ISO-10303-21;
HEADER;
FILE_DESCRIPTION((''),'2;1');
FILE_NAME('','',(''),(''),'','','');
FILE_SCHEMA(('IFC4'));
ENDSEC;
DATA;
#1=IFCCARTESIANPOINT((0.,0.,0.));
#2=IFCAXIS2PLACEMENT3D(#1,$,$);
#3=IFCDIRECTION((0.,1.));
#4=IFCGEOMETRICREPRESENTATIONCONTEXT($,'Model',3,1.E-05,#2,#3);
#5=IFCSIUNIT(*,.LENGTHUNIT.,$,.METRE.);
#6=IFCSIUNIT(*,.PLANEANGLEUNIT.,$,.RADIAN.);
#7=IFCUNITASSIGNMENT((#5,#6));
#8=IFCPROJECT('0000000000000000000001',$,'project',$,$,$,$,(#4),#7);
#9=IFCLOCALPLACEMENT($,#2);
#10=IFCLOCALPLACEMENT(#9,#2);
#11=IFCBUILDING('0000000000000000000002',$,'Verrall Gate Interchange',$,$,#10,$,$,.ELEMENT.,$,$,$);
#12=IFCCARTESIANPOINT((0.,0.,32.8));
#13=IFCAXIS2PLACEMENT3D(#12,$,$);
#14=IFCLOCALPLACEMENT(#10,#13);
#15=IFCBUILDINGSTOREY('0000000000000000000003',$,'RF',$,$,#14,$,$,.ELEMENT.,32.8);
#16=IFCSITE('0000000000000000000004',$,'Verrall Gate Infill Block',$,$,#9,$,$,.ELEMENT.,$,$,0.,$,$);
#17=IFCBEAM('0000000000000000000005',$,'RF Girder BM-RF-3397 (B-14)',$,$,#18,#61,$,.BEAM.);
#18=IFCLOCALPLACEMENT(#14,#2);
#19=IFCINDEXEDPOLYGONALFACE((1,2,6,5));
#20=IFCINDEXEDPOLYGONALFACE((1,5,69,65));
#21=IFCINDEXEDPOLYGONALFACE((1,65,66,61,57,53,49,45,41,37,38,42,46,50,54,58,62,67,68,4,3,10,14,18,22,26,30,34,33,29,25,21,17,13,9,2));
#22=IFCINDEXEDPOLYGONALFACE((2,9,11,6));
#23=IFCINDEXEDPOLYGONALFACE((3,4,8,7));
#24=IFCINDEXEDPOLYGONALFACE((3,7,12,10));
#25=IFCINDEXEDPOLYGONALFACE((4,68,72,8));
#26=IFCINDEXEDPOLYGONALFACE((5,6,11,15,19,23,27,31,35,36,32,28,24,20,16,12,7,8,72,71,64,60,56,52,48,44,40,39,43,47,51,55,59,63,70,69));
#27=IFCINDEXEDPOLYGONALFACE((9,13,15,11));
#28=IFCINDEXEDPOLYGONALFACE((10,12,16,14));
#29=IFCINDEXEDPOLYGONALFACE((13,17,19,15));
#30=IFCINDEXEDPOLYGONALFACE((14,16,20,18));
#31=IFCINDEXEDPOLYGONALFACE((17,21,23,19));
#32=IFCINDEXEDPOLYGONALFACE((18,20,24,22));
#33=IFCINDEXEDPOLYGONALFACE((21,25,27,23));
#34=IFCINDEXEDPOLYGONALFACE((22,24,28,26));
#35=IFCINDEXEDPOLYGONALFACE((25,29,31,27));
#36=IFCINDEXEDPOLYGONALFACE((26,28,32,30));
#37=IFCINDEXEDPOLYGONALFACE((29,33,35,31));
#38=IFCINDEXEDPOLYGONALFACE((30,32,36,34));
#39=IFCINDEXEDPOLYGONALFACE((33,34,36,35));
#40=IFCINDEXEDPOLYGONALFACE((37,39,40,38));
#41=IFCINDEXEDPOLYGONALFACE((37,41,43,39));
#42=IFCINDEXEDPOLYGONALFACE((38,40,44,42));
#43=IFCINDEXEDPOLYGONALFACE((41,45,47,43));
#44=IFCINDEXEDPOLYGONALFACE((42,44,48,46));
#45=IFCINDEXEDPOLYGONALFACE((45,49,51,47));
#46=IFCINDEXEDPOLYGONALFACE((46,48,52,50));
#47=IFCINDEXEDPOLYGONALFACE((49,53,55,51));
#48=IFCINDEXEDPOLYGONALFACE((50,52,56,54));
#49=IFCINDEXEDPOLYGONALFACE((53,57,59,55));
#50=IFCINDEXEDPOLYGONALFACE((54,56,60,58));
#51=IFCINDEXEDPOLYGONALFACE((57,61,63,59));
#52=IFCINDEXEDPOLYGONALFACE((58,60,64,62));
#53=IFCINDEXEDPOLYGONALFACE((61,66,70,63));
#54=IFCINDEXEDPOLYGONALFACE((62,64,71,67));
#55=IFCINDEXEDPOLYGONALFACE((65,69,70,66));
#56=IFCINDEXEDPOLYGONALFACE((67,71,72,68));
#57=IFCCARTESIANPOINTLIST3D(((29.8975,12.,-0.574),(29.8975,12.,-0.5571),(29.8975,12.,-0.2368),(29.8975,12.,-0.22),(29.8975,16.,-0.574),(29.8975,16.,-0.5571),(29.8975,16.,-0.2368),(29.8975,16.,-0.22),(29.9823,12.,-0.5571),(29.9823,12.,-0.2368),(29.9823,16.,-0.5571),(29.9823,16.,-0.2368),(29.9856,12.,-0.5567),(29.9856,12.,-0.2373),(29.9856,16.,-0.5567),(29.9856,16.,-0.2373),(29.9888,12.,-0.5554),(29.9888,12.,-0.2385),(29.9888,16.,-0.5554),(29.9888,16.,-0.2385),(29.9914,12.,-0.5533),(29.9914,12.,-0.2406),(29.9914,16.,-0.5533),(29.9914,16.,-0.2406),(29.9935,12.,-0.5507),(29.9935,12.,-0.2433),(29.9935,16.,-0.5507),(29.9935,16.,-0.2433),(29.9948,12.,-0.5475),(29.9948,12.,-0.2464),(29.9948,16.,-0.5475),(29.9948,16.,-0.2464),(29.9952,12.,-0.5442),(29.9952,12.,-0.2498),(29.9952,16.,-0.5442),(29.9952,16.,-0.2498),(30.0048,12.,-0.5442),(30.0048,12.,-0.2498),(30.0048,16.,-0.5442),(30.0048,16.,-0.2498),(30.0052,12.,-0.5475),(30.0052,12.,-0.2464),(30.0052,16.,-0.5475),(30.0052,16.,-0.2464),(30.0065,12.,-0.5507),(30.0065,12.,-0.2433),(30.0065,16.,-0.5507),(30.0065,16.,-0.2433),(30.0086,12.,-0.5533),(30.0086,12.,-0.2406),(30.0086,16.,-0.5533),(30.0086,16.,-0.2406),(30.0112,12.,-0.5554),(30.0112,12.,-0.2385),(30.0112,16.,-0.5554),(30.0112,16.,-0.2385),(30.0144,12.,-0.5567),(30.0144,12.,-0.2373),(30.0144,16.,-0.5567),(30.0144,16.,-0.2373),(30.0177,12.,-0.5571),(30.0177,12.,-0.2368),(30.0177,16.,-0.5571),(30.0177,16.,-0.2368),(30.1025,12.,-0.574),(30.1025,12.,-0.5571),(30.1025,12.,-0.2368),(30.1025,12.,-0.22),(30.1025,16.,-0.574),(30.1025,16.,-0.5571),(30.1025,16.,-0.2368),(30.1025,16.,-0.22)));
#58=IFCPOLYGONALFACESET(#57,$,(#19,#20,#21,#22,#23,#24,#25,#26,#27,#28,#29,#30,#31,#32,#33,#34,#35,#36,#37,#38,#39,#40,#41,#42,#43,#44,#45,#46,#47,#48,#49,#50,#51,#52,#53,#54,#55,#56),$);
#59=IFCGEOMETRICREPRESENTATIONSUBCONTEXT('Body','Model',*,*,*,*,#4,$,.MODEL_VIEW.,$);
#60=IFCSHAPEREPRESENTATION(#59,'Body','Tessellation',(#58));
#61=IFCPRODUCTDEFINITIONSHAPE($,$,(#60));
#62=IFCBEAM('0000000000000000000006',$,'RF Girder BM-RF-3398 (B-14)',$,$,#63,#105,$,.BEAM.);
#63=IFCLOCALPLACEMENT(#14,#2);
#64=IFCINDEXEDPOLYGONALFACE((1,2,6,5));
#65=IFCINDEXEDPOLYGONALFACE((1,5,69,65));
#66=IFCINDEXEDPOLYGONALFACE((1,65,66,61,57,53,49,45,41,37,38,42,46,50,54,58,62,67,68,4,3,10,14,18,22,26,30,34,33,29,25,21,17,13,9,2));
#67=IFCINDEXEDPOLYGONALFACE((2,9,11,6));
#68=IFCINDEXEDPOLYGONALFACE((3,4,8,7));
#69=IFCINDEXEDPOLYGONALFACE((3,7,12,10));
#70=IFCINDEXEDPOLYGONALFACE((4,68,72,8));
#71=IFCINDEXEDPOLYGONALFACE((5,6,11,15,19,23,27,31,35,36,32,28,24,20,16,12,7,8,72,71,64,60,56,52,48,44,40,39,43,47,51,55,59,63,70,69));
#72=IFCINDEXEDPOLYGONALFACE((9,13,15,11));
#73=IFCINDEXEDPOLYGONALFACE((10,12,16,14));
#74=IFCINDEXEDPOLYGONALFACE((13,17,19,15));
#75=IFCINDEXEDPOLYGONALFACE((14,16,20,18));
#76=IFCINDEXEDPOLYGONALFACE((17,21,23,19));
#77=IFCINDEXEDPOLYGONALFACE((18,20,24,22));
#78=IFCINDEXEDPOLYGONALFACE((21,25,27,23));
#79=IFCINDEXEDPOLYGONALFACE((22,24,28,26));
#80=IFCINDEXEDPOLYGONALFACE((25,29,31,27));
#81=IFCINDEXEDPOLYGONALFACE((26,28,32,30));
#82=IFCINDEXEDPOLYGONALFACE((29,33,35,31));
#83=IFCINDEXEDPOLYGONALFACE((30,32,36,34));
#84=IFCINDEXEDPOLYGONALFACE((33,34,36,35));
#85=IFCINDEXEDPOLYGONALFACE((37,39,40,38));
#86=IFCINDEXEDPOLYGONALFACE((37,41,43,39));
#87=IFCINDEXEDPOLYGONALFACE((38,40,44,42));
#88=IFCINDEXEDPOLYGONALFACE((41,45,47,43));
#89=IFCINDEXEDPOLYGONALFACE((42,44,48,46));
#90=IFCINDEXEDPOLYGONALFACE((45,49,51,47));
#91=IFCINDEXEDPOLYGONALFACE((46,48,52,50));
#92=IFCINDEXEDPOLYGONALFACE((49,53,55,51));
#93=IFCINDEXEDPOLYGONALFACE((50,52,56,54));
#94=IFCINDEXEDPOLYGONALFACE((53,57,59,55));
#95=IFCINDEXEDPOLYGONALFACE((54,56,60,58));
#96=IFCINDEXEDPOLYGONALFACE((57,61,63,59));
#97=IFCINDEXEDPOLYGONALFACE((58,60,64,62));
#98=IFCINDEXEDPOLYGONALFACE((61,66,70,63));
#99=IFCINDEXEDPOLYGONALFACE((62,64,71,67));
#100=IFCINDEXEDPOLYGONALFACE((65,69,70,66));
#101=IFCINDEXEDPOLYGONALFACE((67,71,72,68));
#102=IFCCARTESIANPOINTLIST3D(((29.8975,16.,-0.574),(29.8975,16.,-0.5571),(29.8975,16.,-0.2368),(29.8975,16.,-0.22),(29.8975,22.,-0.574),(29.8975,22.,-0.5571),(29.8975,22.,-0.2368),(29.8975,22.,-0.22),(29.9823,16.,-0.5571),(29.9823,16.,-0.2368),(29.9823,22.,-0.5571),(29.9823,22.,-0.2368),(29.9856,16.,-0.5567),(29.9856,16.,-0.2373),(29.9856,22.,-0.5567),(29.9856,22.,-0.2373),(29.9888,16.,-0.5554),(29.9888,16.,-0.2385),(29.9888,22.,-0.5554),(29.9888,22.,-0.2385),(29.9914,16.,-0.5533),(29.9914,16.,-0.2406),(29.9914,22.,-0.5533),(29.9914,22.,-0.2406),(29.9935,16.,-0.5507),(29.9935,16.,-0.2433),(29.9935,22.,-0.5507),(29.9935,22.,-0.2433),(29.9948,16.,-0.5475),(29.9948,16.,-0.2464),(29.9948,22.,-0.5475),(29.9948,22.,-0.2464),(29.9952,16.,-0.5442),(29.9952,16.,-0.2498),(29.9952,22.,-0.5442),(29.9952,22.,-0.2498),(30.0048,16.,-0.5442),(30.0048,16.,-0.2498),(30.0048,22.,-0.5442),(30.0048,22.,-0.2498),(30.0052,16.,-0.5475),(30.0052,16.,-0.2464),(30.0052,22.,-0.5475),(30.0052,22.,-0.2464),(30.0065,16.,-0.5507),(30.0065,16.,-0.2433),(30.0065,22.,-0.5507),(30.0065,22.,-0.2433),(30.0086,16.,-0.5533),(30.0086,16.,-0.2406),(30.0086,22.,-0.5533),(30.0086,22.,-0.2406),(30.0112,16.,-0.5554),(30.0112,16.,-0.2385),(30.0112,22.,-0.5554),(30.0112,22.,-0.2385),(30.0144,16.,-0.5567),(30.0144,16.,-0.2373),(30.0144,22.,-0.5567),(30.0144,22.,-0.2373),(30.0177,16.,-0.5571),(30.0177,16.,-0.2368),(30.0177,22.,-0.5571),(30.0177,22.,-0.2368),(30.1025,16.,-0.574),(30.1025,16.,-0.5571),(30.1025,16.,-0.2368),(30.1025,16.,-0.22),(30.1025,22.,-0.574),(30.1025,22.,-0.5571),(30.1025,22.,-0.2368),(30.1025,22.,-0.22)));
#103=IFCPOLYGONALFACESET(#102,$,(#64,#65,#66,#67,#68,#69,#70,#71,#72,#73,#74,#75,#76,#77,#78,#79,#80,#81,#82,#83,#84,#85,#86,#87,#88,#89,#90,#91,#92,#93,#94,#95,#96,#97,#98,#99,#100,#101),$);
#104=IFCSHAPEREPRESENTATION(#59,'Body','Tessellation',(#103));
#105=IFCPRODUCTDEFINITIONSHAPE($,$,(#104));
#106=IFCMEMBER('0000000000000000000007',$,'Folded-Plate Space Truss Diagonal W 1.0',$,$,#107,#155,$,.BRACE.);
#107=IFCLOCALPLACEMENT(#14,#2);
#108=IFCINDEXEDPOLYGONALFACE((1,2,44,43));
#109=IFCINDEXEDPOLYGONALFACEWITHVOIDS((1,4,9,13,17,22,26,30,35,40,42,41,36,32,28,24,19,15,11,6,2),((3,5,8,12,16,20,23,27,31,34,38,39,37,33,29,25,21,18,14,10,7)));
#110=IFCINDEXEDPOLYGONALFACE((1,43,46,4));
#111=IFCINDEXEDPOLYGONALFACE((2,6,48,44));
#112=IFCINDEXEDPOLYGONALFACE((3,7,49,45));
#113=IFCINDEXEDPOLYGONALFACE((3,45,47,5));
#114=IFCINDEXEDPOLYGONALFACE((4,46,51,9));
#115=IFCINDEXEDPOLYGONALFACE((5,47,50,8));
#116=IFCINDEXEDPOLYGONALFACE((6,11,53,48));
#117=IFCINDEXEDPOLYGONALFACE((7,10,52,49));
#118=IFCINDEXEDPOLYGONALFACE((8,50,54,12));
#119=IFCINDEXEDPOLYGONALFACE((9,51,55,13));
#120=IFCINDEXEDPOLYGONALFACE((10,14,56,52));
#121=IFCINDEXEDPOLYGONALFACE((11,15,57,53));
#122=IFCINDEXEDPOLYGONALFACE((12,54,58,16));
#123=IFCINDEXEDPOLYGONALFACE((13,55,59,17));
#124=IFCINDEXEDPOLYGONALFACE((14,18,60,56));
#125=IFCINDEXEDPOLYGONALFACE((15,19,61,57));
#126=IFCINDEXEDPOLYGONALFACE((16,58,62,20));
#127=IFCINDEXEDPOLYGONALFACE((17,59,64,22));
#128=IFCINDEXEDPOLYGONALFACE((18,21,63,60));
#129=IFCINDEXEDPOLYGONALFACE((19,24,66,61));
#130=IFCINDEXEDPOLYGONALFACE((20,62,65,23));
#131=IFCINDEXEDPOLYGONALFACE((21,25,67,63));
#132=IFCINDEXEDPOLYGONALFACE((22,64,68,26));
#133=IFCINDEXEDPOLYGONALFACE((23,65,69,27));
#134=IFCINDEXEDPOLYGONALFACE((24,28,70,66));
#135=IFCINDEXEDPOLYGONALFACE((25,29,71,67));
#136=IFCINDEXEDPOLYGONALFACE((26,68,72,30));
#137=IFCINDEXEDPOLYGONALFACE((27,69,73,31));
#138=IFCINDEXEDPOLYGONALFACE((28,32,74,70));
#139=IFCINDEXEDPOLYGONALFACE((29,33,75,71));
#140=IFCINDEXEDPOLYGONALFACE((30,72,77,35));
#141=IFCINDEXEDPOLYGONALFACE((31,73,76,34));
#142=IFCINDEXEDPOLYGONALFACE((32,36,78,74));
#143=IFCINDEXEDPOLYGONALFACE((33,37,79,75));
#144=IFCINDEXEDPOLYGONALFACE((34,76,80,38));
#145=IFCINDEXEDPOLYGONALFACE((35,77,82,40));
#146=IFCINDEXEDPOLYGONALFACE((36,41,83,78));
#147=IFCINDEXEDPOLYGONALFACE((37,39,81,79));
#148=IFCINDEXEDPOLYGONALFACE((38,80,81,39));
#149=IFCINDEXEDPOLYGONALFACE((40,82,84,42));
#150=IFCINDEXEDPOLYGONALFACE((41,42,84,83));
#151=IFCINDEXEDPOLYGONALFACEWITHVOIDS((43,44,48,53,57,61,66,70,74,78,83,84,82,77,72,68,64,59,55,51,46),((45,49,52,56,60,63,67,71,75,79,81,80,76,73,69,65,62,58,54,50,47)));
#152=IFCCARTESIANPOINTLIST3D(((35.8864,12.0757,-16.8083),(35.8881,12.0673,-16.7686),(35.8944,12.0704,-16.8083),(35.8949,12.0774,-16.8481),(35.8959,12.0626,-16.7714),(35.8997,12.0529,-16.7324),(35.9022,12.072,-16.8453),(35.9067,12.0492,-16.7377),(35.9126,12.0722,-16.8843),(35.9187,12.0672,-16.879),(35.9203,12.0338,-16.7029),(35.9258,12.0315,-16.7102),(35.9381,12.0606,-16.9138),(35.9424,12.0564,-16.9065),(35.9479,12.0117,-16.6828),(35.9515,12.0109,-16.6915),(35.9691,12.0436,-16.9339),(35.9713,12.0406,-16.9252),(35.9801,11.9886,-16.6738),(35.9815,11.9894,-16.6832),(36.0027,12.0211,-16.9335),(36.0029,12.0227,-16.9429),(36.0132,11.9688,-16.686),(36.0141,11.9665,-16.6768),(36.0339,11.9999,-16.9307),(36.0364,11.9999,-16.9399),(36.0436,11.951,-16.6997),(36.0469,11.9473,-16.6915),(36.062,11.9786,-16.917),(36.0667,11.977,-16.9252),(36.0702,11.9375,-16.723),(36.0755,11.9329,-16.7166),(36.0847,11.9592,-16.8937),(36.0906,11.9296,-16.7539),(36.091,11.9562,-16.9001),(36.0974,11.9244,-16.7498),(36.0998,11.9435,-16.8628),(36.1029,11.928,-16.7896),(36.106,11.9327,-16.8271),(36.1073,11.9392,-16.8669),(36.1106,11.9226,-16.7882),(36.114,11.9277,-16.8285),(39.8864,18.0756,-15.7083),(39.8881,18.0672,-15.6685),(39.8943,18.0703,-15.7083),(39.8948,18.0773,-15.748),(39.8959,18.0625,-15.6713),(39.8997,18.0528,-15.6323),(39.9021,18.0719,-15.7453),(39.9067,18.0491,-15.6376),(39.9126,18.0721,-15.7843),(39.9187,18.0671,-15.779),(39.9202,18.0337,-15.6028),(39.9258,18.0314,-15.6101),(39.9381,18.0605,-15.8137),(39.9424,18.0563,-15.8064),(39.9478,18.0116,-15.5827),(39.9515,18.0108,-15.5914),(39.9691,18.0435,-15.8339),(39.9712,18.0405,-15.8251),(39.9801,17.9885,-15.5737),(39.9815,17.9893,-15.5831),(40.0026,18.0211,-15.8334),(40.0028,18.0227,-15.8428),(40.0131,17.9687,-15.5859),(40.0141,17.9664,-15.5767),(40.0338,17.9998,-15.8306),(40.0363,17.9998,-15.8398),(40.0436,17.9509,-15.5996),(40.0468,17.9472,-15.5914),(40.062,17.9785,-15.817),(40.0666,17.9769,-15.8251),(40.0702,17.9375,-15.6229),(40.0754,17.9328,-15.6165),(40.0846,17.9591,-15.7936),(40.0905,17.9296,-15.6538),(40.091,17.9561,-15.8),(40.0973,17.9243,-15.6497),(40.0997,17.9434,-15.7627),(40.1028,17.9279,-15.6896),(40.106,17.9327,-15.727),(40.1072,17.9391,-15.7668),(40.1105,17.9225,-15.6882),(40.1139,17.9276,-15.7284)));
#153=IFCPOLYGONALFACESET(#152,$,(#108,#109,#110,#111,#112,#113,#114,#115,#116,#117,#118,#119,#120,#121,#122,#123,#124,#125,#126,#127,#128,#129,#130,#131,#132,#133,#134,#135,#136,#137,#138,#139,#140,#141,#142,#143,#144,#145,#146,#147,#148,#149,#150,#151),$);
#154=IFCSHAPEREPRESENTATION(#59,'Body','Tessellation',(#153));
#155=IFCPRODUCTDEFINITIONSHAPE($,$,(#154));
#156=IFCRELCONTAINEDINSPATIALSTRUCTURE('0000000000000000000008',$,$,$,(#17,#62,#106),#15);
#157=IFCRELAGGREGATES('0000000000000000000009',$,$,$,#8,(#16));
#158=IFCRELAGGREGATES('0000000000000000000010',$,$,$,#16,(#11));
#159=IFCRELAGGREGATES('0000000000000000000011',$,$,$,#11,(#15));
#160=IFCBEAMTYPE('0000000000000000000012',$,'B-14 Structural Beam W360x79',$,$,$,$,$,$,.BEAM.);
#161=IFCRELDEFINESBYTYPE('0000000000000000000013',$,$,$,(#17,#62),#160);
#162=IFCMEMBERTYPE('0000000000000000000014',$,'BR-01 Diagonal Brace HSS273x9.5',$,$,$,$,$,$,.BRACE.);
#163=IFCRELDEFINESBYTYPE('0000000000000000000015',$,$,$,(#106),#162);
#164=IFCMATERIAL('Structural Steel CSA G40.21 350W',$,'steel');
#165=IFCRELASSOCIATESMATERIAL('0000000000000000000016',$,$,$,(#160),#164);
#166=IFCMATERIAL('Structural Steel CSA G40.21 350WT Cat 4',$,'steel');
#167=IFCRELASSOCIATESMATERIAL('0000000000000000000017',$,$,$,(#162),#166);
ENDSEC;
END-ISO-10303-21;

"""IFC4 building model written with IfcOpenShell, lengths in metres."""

from ifc_helpers import new_model, si_unit, direction, frame, origin, origin_2d, place, context, subcontext, project, spatial, hollow_circle, i_section, extrude, material, material_profile, profile_set, type_object, element, save


model = new_model("IFC4")

# Units and contexts
model_context = context("Model", 3, precision=1e-05, world=origin(), true_north=direction((0.0, 1.0)))
body_context = subcontext(model_context, "Body", "Model", "MODEL_VIEW")
ifc_project = project(units=[si_unit("LENGTHUNIT", "METRE"), si_unit("PLANEANGLEUNIT", "RADIAN")], contexts=[model_context])

# Site, building, storey
site_placement = place(None, origin())
site = spatial("IfcSite", under=ifc_project, at=site_placement, Name="Verrall Gate Infill Block", CompositionType="ELEMENT", RefElevation=0.0)
building_placement = place(site_placement, origin())
building = spatial("IfcBuilding", under=site, at=building_placement, Name="Verrall Gate Interchange", CompositionType="ELEMENT")
storey_placement = place(building_placement, frame((0.0, 0.0, 32.8)))
storey = spatial("IfcBuildingStorey", under=building, at=storey_placement, Name="RF", CompositionType="ELEMENT", Elevation=32.8)

# Beams
ifc_material_1 = material(Name="Structural Steel CSA G40.21 350W", Category="steel")
ifc_material_profile_1 = material_profile(ifc_material_1, i_section(OverallWidth=0.2051, OverallDepth=0.354, WebThickness=0.0095, FlangeThickness=0.0168, FilletRadius=0.0129, at=origin_2d()), Name="W360x79")
ifc_profile_set_1 = profile_set([ifc_material_profile_1], Name="Structural Steel CSA G40.21 350W")
beam_type_1 = type_object("IfcBeamType", Name="B-14 Structural Beam W360x79", PredefinedType="BEAM", material=ifc_profile_set_1)
beam_1_placement = place(storey_placement, frame((30.0, 12.0, -0.397), z_axis=(0.0, 1.0, 0.0), x_axis=(-1.0, 0.0, 0.0)))
element("IfcBeam", 1, at=beam_1_placement, inside=storey, type_object=beam_type_1, Name="RF Girder BM-RF-3397 (B-14)", PredefinedType="BEAM", context=body_context, shape_type="SweptSolid", body=[
    extrude(i_section(OverallWidth=0.2051, OverallDepth=0.354, WebThickness=0.0095, FlangeThickness=0.0168, FilletRadius=0.0129, at=origin_2d()), origin(), (0.0, 0.0, 1.0), 4.0),
])
beam_2_placement = place(storey_placement, frame((30.0, 16.0, -0.397), z_axis=(0.0, 1.0, 0.0), x_axis=(-1.0, 0.0, 0.0)))
element("IfcBeam", 2, at=beam_2_placement, inside=storey, type_object=beam_type_1, Name="RF Girder BM-RF-3398 (B-14)", PredefinedType="BEAM", context=body_context, shape_type="SweptSolid", body=[
    extrude(i_section(OverallWidth=0.2051, OverallDepth=0.354, WebThickness=0.0095, FlangeThickness=0.0168, FilletRadius=0.0129, at=origin_2d()), origin(), (0.0, 0.0, 1.0), 6.0),
])

# Member
ifc_material_2 = material(Name="Structural Steel CSA G40.21 350WT Cat 4", Category="steel")
ifc_material_profile_2 = material_profile(ifc_material_2, hollow_circle(Radius=0.1365, WallThickness=0.0095, at=origin_2d()), Name="HSS273x9.5")
ifc_profile_set_2 = profile_set([ifc_material_profile_2], Name="Structural Steel CSA G40.21 350WT Cat 4")
member_type_1 = type_object("IfcMemberType", Name="BR-01 Diagonal Brace HSS273x9.5", PredefinedType="BRACE", material=ifc_profile_set_2)
for number, where, z_axis, x_axis, name in (
    (3, (36.0, 12.0, -16.8083), (0.548356, 0.822534, 0.150811), (-0.83205, 0.5547, 0.0), "Folded-Plate Space Truss Diagonal W 1.0"),
):
    element("IfcMember", number, at=place(storey_placement, frame(where, z_axis=z_axis, x_axis=x_axis)), inside=storey, type_object=member_type_1, Name=name, PredefinedType="BRACE", context=body_context, shape_type="SweptSolid", body=[
        extrude(hollow_circle(Radius=0.1365, WallThickness=0.0095, at=origin_2d()), origin(), (0.0, 0.0, 1.0), 7.2944),
    ])

save(model, "model.ifc")
